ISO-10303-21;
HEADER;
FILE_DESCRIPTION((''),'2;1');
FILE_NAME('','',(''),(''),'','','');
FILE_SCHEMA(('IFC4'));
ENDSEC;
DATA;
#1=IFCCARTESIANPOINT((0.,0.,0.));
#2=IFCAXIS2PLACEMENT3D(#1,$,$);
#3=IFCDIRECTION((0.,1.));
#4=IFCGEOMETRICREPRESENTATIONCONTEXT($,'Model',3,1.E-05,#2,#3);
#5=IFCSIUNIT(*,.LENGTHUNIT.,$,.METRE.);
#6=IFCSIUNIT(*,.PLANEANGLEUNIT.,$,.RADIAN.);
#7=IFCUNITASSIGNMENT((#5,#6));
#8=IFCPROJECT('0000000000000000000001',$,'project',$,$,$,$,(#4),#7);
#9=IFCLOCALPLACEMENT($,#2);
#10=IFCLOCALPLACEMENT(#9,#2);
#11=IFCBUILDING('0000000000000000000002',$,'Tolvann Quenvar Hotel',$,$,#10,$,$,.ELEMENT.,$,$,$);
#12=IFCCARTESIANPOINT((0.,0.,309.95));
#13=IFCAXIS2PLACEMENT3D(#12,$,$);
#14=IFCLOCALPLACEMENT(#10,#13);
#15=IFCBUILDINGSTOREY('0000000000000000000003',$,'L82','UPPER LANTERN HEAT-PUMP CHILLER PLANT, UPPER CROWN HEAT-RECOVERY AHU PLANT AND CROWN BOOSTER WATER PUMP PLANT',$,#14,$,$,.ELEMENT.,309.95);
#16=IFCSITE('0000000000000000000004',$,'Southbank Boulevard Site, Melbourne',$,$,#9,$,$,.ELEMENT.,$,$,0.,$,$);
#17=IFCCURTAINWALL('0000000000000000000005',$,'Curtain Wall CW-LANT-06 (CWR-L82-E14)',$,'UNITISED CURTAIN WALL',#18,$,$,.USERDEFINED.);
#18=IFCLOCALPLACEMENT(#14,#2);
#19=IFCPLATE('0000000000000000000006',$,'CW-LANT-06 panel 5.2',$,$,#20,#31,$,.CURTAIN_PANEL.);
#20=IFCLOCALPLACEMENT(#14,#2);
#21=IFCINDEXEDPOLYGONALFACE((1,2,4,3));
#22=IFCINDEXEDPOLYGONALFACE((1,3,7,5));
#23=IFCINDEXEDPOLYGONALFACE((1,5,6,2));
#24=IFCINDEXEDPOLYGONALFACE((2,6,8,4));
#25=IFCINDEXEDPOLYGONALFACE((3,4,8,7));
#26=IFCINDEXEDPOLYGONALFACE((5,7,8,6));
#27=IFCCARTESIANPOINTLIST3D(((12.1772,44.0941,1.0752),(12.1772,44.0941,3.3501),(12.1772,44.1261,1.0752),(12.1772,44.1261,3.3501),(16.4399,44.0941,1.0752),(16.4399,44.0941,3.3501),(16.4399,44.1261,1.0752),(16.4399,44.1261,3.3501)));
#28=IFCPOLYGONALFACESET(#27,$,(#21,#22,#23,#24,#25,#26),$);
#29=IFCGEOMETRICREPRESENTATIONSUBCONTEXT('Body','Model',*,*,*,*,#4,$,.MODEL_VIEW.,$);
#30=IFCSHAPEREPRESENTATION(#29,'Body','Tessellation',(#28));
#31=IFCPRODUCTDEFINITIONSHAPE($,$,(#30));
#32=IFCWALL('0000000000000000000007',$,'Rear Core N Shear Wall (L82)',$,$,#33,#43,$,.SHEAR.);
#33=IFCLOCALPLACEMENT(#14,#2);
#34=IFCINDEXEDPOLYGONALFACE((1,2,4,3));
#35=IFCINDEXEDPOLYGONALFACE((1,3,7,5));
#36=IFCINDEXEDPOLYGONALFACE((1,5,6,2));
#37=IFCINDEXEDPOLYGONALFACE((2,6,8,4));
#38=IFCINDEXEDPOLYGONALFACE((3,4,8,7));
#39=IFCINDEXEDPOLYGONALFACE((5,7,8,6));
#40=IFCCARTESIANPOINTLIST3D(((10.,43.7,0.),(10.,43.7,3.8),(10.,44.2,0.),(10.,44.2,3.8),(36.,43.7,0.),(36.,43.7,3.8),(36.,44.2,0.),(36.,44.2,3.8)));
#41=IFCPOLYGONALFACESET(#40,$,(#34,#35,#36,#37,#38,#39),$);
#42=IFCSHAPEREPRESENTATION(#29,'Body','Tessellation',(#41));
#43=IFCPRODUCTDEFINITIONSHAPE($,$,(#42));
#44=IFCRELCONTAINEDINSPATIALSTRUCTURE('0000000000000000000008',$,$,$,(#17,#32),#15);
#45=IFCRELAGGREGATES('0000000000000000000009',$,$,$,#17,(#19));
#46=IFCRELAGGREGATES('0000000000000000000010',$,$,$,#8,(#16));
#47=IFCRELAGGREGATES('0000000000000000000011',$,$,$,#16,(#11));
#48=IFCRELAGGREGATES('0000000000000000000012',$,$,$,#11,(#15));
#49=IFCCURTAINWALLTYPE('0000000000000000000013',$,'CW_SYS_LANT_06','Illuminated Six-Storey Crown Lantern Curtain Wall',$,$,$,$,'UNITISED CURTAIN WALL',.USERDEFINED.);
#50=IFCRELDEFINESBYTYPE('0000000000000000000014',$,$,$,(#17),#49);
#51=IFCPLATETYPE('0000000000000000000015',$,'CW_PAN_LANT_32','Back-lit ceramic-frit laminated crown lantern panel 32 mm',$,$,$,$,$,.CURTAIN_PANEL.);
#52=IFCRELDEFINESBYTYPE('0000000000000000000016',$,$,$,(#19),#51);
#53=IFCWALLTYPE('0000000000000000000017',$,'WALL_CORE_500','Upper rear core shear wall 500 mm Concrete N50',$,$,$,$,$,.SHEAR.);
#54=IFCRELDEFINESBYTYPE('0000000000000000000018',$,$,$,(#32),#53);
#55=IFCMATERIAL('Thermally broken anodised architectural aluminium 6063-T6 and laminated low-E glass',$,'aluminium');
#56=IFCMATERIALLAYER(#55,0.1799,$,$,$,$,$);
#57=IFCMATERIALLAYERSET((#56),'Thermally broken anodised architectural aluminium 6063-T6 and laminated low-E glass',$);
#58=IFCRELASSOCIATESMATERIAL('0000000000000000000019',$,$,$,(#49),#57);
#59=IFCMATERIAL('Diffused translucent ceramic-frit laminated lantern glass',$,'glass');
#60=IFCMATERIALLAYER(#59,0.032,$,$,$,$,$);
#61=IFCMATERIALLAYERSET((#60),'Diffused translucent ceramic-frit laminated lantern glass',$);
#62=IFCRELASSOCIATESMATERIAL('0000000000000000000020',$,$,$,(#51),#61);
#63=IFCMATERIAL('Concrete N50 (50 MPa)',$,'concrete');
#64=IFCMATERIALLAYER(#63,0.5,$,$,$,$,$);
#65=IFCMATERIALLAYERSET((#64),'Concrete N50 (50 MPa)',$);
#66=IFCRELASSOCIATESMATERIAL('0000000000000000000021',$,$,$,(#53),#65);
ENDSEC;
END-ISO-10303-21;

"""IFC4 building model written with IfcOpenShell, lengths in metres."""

from ifc_helpers import new_model, si_unit, direction, frame, frame_2d, origin, origin_2d, place, context, subcontext, project, spatial, rectangle, extrude, source, transform, mapped, material, layer, layer_set, type_object, element, aggregate, save


model = new_model("IFC4")

# Units and contexts
model_context = context("Model", 3, precision=1e-05, world=origin(), true_north=direction((0.0, 1.0)))
body_context = subcontext(model_context, "Body", "Model", "MODEL_VIEW")
ifc_project = project(units=[si_unit("LENGTHUNIT", "METRE"), si_unit("PLANEANGLEUNIT", "RADIAN")], contexts=[model_context])

# Site, building, storey
site_placement = place(None, origin())
site = spatial("IfcSite", under=ifc_project, at=site_placement, Name="Southbank Boulevard Site, Melbourne", CompositionType="ELEMENT", RefElevation=0.0)
building_placement = place(site_placement, origin())
building = spatial("IfcBuilding", under=site, at=building_placement, Name="Tolvann Quenvar Hotel", CompositionType="ELEMENT")
storey_placement = place(building_placement, frame((0.0, 0.0, 309.95)))
storey = spatial("IfcBuildingStorey", under=building, at=storey_placement, Name="L82", Description="UPPER LANTERN HEAT-PUMP CHILLER PLANT, UPPER CROWN HEAT-RECOVERY AHU PLANT AND CROWN BOOSTER WATER PUMP PLANT", CompositionType="ELEMENT", Elevation=309.95)

# Curtain wall
ifc_material_1 = material(Name="Thermally broken anodised architectural aluminium 6063-T6 and laminated low-E glass", Category="aluminium")
ifc_layer_1 = layer(ifc_material_1, 0.1799)
ifc_layer_set_1 = layer_set([ifc_layer_1], Name="Thermally broken anodised architectural aluminium 6063-T6 and laminated low-E glass")
curtain_wall_type = type_object("IfcCurtainWallType", Name="CW_SYS_LANT_06", Description="Illuminated Six-Storey Crown Lantern Curtain Wall", ElementType="UNITISED CURTAIN WALL", PredefinedType="USERDEFINED", material=ifc_layer_set_1)
curtain_wall_1_placement = place(storey_placement, origin())
curtain_wall_1 = element("IfcCurtainWall", 1, at=curtain_wall_1_placement, inside=storey, type_object=curtain_wall_type, Name="Curtain Wall CW-LANT-06 (CWR-L82-E14)", ObjectType="UNITISED CURTAIN WALL", PredefinedType="USERDEFINED")

# Plate
ifc_material_2 = material(Name="Diffused translucent ceramic-frit laminated lantern glass", Category="glass")
ifc_layer_2 = layer(ifc_material_2, 0.032)
ifc_layer_set_2 = layer_set([ifc_layer_2], Name="Diffused translucent ceramic-frit laminated lantern glass")
plate_type_1 = type_object("IfcPlateType", Name="CW_PAN_LANT_32", Description="Back-lit ceramic-frit laminated crown lantern panel 32 mm", PredefinedType="CURTAIN_PANEL", material=ifc_layer_set_2)
shared_shape_1 = source(origin(), body_context, "Body", "SweptSolid", [
    extrude(rectangle(XDim=4.2627, YDim=0.032, at=origin_2d()), origin(), (0.0, 0.0, 1.0), 2.2749),
])
plate_1_placement = place(storey_placement, frame((14.3086, 44.1101, 1.0752), z_axis=(0.0, 0.0, 1.0), x_axis=(-1.0, 0.0, 0.0)))
plate_1 = element("IfcPlate", 2, at=plate_1_placement, type_object=plate_type_1, Name="CW-LANT-06 panel 5.2", PredefinedType="CURTAIN_PANEL", context=body_context, shape_type="MappedRepresentation", body=[
    mapped(shared_shape_1, transform((0.0, 0.0, 0.0), x_axis=(1.0, 0.0, 0.0), y_axis=(0.0, 1.0, 0.0), z_axis=(0.0, 0.0, 1.0), scale=1.0)),
])
aggregate(curtain_wall_1, [plate_1])

# Wall
ifc_material_3 = material(Name="Concrete N50 (50 MPa)", Category="concrete")
ifc_layer_3 = layer(ifc_material_3, 0.5)
ifc_layer_set_3 = layer_set([ifc_layer_3], Name="Concrete N50 (50 MPa)")
wall_type = type_object("IfcWallType", Name="WALL_CORE_500", Description="Upper rear core shear wall 500 mm Concrete N50", PredefinedType="SHEAR", material=ifc_layer_set_3)
wall_placement = place(storey_placement, frame((10.0, 43.95, 0.0), z_axis=(0.0, 0.0, 1.0), x_axis=(1.0, 0.0, 0.0)))
element("IfcWall", 3, at=wall_placement, inside=storey, type_object=wall_type, Name="Rear Core N Shear Wall (L82)", PredefinedType="SHEAR", context=body_context, shape_type="SweptSolid", body=[
    extrude(rectangle(XDim=26.0, YDim=0.5, at=frame_2d((13.0, 0.0))), origin(), (0.0, 0.0, 1.0), 3.8),
])

save(model, "model.ifc")
